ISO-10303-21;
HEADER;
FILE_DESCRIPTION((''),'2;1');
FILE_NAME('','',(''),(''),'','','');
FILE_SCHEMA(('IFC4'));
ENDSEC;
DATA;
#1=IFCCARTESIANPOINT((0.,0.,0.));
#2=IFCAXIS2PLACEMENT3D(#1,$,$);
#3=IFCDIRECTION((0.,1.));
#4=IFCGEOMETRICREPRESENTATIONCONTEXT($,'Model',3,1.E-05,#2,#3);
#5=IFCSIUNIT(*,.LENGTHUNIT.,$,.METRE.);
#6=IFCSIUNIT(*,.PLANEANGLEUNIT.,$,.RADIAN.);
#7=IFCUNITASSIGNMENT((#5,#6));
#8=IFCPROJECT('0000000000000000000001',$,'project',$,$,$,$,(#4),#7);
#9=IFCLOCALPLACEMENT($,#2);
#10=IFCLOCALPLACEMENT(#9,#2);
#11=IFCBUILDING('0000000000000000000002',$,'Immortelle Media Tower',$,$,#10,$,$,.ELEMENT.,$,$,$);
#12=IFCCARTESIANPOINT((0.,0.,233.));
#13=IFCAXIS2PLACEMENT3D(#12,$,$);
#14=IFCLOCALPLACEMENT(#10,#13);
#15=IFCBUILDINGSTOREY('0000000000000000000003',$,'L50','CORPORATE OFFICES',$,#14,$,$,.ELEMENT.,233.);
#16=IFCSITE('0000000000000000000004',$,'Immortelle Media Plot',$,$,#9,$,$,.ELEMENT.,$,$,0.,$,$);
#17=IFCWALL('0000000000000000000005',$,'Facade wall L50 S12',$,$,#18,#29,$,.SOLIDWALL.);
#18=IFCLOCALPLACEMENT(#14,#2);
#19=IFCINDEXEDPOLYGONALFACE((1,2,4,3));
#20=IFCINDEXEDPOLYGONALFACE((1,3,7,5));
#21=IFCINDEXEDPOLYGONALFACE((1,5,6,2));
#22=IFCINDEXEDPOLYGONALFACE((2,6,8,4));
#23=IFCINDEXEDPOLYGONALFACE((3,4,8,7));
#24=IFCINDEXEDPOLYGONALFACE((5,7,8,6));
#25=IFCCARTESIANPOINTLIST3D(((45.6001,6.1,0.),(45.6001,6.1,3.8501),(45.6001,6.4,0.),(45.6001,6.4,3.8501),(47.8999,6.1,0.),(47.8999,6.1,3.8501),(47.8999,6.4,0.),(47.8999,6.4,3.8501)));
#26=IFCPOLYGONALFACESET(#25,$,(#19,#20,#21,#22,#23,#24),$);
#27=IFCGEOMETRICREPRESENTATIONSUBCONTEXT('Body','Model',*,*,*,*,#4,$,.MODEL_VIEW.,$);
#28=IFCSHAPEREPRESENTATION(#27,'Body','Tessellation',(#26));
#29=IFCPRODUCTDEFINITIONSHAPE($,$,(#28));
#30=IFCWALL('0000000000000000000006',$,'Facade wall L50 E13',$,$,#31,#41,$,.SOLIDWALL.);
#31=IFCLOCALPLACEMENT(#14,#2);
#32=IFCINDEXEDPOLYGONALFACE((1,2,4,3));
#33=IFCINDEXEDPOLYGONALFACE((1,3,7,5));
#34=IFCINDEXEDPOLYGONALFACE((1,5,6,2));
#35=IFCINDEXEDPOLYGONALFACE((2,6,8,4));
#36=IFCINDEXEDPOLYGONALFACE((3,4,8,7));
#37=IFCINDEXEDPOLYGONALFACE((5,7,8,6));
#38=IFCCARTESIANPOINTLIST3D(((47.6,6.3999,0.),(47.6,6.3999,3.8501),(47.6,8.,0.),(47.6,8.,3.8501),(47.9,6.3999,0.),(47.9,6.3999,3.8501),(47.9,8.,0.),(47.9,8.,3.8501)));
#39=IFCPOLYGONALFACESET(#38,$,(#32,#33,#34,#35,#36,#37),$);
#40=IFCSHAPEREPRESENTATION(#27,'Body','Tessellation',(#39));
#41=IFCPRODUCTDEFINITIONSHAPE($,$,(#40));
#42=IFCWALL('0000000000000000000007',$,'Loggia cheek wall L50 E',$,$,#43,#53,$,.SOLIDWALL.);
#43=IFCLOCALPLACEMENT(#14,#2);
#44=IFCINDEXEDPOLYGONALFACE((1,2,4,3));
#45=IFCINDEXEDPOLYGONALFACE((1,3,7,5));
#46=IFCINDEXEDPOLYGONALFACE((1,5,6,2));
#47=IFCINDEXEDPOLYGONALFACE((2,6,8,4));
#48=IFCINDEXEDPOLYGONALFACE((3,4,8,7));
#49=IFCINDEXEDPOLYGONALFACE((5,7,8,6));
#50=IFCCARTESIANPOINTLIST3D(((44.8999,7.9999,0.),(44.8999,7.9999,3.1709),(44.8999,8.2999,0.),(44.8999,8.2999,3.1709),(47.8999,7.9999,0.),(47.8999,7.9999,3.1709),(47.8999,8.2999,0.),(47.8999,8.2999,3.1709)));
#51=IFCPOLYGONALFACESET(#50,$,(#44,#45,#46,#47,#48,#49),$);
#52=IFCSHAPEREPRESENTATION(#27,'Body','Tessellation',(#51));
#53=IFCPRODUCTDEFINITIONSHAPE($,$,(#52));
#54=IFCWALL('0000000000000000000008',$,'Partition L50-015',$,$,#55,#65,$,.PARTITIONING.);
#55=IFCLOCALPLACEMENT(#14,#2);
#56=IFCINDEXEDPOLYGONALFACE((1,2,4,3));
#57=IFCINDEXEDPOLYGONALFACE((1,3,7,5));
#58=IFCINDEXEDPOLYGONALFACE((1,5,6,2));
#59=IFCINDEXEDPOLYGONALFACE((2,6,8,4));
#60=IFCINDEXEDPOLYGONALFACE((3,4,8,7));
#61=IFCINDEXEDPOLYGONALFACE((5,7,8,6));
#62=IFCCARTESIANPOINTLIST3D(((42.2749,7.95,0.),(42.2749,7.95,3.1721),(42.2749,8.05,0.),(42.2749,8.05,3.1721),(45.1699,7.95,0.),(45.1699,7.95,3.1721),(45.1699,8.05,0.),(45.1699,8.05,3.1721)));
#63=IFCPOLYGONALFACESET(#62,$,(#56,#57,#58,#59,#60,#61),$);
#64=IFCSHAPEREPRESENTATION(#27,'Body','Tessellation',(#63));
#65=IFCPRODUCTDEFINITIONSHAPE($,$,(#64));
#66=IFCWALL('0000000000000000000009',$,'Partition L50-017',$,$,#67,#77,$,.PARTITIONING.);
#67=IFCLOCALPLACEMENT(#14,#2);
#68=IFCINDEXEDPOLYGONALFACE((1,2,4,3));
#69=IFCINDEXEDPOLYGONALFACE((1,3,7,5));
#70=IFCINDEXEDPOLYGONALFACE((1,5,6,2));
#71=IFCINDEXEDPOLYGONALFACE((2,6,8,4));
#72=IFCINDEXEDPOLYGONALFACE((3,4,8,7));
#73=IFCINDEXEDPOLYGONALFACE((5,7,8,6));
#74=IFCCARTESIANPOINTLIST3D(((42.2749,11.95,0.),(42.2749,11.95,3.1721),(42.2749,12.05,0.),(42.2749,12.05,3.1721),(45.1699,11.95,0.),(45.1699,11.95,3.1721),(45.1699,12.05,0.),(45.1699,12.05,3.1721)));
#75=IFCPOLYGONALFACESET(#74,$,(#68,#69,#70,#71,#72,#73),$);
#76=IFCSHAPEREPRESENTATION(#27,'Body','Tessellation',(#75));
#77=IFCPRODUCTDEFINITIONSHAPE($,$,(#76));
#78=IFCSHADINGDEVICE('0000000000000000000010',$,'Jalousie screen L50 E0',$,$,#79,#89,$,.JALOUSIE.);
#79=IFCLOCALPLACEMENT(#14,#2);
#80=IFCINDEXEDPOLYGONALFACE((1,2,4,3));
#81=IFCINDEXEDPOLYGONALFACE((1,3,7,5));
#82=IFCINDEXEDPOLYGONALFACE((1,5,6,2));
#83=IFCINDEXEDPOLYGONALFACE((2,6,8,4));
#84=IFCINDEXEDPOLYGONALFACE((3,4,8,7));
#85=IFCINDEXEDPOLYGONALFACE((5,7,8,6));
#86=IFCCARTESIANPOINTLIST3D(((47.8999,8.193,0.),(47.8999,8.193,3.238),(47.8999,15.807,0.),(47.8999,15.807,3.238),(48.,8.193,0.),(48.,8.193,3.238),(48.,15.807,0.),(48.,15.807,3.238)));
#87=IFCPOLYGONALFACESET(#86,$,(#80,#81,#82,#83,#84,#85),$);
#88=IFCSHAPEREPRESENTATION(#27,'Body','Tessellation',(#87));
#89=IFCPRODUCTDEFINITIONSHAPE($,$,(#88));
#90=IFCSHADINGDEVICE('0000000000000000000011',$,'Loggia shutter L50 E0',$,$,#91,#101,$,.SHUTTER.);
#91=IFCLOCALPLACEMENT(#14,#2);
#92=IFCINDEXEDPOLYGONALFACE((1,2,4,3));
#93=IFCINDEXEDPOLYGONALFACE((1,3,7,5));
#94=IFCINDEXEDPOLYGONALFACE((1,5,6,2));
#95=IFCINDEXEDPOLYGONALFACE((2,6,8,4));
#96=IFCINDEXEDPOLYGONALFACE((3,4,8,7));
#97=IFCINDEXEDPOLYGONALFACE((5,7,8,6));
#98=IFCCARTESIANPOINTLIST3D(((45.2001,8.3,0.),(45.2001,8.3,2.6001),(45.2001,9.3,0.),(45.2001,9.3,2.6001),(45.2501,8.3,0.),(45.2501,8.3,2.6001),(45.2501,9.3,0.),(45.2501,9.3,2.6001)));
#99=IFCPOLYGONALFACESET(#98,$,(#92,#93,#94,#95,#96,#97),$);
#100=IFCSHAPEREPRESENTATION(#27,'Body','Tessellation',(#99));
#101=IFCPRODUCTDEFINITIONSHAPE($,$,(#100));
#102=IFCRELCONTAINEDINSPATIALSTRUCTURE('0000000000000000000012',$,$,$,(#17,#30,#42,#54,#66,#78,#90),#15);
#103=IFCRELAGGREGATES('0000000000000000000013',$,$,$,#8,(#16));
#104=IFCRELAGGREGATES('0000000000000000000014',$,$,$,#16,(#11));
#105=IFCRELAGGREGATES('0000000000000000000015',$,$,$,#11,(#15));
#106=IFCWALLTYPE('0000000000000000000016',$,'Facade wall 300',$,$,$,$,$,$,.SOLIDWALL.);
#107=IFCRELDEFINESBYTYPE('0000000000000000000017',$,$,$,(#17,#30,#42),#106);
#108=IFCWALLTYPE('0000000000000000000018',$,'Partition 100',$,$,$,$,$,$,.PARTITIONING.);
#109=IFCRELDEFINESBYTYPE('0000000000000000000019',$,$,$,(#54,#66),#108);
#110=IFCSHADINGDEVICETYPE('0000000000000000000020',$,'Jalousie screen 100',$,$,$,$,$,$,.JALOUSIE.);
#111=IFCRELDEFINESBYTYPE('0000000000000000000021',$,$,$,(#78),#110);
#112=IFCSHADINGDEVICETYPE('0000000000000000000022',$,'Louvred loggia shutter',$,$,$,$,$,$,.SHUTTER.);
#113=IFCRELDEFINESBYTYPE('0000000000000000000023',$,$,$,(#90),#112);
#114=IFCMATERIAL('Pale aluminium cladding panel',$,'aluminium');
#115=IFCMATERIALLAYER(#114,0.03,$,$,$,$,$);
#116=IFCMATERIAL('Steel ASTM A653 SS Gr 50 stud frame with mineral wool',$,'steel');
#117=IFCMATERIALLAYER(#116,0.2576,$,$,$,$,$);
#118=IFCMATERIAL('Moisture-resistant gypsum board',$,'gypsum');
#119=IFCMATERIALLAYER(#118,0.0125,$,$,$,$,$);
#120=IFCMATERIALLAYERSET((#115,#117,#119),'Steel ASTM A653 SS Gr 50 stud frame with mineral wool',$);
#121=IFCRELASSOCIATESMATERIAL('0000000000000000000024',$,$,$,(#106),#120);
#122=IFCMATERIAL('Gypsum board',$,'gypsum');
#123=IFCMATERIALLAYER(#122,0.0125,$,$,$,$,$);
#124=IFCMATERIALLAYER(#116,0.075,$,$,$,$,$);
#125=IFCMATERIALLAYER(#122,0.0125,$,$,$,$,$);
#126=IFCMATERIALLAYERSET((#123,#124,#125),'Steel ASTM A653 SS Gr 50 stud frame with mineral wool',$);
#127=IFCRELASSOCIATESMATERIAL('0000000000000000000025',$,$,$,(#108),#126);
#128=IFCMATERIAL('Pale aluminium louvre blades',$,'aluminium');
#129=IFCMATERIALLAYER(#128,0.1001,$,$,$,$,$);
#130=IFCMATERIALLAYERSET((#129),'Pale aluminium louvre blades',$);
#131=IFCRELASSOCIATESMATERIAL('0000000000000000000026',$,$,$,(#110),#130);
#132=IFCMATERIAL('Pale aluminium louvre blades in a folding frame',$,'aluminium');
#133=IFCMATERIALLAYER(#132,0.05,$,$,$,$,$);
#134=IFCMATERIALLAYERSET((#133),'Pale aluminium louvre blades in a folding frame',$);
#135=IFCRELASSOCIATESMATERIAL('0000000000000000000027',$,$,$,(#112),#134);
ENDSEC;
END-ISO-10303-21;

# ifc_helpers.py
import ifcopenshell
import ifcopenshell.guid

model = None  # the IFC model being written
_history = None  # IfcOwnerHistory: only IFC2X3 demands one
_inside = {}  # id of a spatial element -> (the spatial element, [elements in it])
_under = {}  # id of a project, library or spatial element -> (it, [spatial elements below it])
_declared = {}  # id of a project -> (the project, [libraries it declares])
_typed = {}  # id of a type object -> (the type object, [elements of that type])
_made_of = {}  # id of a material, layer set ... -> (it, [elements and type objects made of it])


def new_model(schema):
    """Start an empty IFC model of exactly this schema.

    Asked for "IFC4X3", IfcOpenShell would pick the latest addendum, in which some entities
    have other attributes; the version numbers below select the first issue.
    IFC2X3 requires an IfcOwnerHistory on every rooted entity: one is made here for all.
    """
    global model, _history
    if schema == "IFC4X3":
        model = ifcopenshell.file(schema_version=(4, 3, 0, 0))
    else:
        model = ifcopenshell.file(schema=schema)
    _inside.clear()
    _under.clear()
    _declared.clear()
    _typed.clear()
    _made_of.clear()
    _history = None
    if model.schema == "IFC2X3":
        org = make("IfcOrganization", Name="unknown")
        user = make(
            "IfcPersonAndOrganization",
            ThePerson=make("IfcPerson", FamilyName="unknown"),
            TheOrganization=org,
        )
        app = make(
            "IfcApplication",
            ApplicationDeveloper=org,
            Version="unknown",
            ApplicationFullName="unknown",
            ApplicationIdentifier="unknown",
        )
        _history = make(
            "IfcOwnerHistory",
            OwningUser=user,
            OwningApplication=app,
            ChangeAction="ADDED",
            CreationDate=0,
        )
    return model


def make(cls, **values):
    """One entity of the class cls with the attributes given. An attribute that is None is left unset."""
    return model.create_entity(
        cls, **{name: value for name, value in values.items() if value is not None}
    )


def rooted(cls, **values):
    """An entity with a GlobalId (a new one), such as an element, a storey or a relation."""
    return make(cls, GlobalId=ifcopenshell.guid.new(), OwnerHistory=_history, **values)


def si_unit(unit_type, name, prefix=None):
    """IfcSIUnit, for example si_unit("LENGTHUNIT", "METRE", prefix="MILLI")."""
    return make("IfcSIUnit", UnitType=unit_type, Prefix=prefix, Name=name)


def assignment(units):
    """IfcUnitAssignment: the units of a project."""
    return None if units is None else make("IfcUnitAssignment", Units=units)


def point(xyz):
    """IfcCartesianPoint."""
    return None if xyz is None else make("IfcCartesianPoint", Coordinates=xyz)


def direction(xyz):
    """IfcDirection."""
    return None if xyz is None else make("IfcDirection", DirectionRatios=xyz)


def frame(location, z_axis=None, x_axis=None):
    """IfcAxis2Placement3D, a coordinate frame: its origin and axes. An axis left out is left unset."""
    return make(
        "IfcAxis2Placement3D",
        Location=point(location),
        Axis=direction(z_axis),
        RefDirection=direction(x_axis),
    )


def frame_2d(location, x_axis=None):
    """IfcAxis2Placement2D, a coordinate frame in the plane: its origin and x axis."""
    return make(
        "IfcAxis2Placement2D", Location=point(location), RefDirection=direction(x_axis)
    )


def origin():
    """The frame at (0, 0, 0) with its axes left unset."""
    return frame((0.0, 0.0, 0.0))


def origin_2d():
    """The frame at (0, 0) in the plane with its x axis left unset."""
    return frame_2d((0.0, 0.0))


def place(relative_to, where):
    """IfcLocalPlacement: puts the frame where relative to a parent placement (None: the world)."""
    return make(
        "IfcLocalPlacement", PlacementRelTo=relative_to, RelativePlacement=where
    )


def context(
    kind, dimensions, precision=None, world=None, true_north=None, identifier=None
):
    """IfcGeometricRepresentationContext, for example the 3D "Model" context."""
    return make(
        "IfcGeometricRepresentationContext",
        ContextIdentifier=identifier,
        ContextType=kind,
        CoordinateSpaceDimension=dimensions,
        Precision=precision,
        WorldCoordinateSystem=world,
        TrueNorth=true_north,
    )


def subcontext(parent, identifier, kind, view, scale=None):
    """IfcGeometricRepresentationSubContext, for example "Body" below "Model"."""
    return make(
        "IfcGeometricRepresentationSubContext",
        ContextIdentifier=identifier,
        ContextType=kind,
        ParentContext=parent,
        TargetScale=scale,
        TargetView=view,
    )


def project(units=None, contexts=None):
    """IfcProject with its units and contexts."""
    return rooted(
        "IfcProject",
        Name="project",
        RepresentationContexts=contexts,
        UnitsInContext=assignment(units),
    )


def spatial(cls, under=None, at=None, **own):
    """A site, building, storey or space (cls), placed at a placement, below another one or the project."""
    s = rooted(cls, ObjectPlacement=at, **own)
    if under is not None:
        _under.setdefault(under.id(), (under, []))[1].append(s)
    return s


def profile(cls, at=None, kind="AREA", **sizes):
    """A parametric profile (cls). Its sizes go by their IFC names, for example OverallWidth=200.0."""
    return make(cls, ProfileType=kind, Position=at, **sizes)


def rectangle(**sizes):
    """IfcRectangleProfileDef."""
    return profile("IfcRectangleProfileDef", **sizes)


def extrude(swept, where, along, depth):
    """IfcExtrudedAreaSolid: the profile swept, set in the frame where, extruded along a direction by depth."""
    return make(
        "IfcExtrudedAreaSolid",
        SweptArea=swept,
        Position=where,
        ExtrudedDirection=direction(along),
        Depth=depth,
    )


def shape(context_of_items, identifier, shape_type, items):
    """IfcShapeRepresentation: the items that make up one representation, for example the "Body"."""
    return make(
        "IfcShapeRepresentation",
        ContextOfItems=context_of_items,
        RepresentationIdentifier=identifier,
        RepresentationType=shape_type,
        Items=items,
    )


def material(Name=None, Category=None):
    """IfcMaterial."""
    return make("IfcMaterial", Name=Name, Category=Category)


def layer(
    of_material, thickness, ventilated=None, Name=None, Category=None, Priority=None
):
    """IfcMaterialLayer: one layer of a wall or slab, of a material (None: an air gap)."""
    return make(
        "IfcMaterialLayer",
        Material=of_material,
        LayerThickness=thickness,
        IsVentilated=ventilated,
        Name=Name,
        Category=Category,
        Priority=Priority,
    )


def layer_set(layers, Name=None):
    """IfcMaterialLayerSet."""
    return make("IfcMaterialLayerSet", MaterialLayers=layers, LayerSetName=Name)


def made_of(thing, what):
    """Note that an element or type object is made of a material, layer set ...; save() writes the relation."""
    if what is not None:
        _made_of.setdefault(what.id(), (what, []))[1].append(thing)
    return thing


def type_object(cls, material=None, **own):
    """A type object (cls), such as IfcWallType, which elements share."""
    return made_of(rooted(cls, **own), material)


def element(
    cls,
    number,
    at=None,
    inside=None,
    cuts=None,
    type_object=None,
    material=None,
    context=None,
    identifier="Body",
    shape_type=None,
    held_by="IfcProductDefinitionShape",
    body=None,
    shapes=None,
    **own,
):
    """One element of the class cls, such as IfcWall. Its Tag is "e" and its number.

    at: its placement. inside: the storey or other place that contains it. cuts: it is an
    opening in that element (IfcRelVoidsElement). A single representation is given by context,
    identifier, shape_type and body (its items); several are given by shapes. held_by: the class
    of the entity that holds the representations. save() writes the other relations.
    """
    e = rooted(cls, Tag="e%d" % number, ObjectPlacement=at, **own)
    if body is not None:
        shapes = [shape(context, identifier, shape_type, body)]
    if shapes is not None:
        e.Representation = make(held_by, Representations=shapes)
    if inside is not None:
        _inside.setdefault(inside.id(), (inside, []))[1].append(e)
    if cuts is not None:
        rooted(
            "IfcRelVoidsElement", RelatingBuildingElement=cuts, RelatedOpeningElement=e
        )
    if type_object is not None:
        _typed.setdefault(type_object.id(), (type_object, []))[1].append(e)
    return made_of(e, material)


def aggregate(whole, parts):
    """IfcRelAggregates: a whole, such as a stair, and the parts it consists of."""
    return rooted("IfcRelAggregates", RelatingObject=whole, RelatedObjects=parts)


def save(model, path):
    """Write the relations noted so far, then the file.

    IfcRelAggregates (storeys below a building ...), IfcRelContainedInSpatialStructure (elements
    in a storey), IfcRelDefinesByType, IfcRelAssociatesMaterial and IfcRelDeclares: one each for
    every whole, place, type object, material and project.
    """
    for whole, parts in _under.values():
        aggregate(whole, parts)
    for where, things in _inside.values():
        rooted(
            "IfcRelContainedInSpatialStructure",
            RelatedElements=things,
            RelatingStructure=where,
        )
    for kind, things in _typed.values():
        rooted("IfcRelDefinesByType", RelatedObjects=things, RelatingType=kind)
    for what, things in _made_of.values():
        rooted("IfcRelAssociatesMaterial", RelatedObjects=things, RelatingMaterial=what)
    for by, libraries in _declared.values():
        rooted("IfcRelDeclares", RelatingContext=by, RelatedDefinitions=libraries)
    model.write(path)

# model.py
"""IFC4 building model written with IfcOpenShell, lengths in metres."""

from ifc_helpers import new_model, si_unit, direction, frame, frame_2d, origin, origin_2d, place, context, subcontext, project, spatial, rectangle, extrude, material, layer, layer_set, type_object, element, save


model = new_model("IFC4")

# Units and contexts
model_context = context("Model", 3, precision=1e-05, world=origin(), true_north=direction((0.0, 1.0)))
body_context = subcontext(model_context, "Body", "Model", "MODEL_VIEW")
ifc_project = project(units=[si_unit("LENGTHUNIT", "METRE"), si_unit("PLANEANGLEUNIT", "RADIAN")], contexts=[model_context])

# Site, building, storey
site_placement = place(None, origin())
site = spatial("IfcSite", under=ifc_project, at=site_placement, Name="Immortelle Media Plot", CompositionType="ELEMENT", RefElevation=0.0)
building_placement = place(site_placement, origin())
building = spatial("IfcBuilding", under=site, at=building_placement, Name="Immortelle Media Tower", CompositionType="ELEMENT")
storey_placement = place(building_placement, frame((0.0, 0.0, 233.0)))
storey = spatial("IfcBuildingStorey", under=building, at=storey_placement, Name="L50", Description="CORPORATE OFFICES", CompositionType="ELEMENT", Elevation=233.0)

# Walls
ifc_material_1 = material(Name="Pale aluminium cladding panel", Category="aluminium")
ifc_layer_1 = layer(ifc_material_1, 0.03)
ifc_material_2 = material(Name="Steel ASTM A653 SS Gr 50 stud frame with mineral wool", Category="steel")
ifc_layer_2 = layer(ifc_material_2, 0.2576)
ifc_material_3 = material(Name="Moisture-resistant gypsum board", Category="gypsum")
ifc_layer_3 = layer(ifc_material_3, 0.0125)
ifc_layer_set_1 = layer_set([ifc_layer_1, ifc_layer_2, ifc_layer_3], Name="Steel ASTM A653 SS Gr 50 stud frame with mineral wool")
wall_type_1 = type_object("IfcWallType", Name="Facade wall 300", PredefinedType="SOLIDWALL", material=ifc_layer_set_1)
wall_1_placement = place(storey_placement, frame((45.6001, 6.25, 0.0), z_axis=(0.0, 0.0, 1.0), x_axis=(1.0, 0.0, 0.0)))
element("IfcWall", 1, at=wall_1_placement, inside=storey, type_object=wall_type_1, Name="Facade wall L50 S12", PredefinedType="SOLIDWALL", context=body_context, shape_type="SweptSolid", body=[
    extrude(rectangle(XDim=2.2998, YDim=0.3, at=frame_2d((1.1499, 0.0))), origin(), (0.0, 0.0, 1.0), 3.8501),
])
wall_2_placement = place(storey_placement, frame((47.75, 6.3999, 0.0), z_axis=(0.0, 0.0, 1.0), x_axis=(0.0, 1.0, 0.0)))
element("IfcWall", 2, at=wall_2_placement, inside=storey, type_object=wall_type_1, Name="Facade wall L50 E13", PredefinedType="SOLIDWALL", context=body_context, shape_type="SweptSolid", body=[
    extrude(rectangle(XDim=1.6001, YDim=0.3, at=frame_2d((0.8, 0.0))), origin(), (0.0, 0.0, 1.0), 3.8501),
])

# Walls
wall_3_placement = place(storey_placement, frame((47.8999, 8.1499, 0.0), z_axis=(0.0, 0.0, 1.0), x_axis=(-1.0, 0.0, 0.0)))
element("IfcWall", 3, at=wall_3_placement, inside=storey, type_object=wall_type_1, Name="Loggia cheek wall L50 E", PredefinedType="SOLIDWALL", context=body_context, shape_type="SweptSolid", body=[
    extrude(rectangle(XDim=3.0, YDim=0.3, at=frame_2d((1.5, 0.0))), origin(), (0.0, 0.0, 1.0), 3.1709),
])
ifc_material_4 = material(Name="Gypsum board", Category="gypsum")
ifc_layer_4 = layer(ifc_material_4, 0.0125)
ifc_layer_5 = layer(ifc_material_2, 0.075)
ifc_layer_6 = layer(ifc_material_4, 0.0125)
ifc_layer_set_2 = layer_set([ifc_layer_4, ifc_layer_5, ifc_layer_6], Name="Steel ASTM A653 SS Gr 50 stud frame with mineral wool")
wall_type_2 = type_object("IfcWallType", Name="Partition 100", PredefinedType="PARTITIONING", material=ifc_layer_set_2)
for number, where, z_axis, x_axis, name in (
    (4, (42.2749, 8.0, 0.0), (0.0, 0.0, 1.0), (1.0, 0.0, 0.0), "Partition L50-015"),
    (5, (42.2749, 12.0, 0.0), (0.0, 0.0, 1.0), (1.0, 0.0, 0.0), "Partition L50-017"),
):
    element("IfcWall", number, at=place(storey_placement, frame(where, z_axis=z_axis, x_axis=x_axis)), inside=storey, type_object=wall_type_2, Name=name, PredefinedType="PARTITIONING", context=body_context, shape_type="SweptSolid", body=[
        extrude(rectangle(XDim=2.895, YDim=0.1001, at=frame_2d((1.4475, 0.0))), origin(), (0.0, 0.0, 1.0), 3.1721),
    ])

# Shading devices
ifc_material_5 = material(Name="Pale aluminium louvre blades", Category="aluminium")
ifc_layer_7 = layer(ifc_material_5, 0.1001)
ifc_layer_set_3 = layer_set([ifc_layer_7], Name="Pale aluminium louvre blades")
shading_device_type_1 = type_object("IfcShadingDeviceType", Name="Jalousie screen 100", PredefinedType="JALOUSIE", material=ifc_layer_set_3)
shading_device_1_placement = place(storey_placement, frame((47.95, 12.0, 0.0), z_axis=(0.0, 0.0, 1.0), x_axis=(0.0, 1.0, 0.0)))
element("IfcShadingDevice", 6, at=shading_device_1_placement, inside=storey, type_object=shading_device_type_1, Name="Jalousie screen L50 E0", PredefinedType="JALOUSIE", context=body_context, shape_type="SweptSolid", body=[
    extrude(rectangle(XDim=7.614, YDim=0.1001, at=origin_2d()), origin(), (0.0, 0.0, 1.0), 3.238),
])
ifc_material_6 = material(Name="Pale aluminium louvre blades in a folding frame", Category="aluminium")
ifc_layer_8 = layer(ifc_material_6, 0.05)
ifc_layer_set_4 = layer_set([ifc_layer_8], Name="Pale aluminium louvre blades in a folding frame")
shading_device_type_2 = type_object("IfcShadingDeviceType", Name="Louvred loggia shutter", PredefinedType="SHUTTER", material=ifc_layer_set_4)
shading_device_2_placement = place(storey_placement, frame((45.2251, 8.8, 0.0), z_axis=(0.0, 0.0, 1.0), x_axis=(0.0, 1.0, 0.0)))
element("IfcShadingDevice", 7, at=shading_device_2_placement, inside=storey, type_object=shading_device_type_2, Name="Loggia shutter L50 E0", PredefinedType="SHUTTER", context=body_context, shape_type="SweptSolid", body=[
    extrude(rectangle(XDim=1.0, YDim=0.05, at=origin_2d()), origin(), (0.0, 0.0, 1.0), 2.6001),
])

save(model, "model.ifc")
